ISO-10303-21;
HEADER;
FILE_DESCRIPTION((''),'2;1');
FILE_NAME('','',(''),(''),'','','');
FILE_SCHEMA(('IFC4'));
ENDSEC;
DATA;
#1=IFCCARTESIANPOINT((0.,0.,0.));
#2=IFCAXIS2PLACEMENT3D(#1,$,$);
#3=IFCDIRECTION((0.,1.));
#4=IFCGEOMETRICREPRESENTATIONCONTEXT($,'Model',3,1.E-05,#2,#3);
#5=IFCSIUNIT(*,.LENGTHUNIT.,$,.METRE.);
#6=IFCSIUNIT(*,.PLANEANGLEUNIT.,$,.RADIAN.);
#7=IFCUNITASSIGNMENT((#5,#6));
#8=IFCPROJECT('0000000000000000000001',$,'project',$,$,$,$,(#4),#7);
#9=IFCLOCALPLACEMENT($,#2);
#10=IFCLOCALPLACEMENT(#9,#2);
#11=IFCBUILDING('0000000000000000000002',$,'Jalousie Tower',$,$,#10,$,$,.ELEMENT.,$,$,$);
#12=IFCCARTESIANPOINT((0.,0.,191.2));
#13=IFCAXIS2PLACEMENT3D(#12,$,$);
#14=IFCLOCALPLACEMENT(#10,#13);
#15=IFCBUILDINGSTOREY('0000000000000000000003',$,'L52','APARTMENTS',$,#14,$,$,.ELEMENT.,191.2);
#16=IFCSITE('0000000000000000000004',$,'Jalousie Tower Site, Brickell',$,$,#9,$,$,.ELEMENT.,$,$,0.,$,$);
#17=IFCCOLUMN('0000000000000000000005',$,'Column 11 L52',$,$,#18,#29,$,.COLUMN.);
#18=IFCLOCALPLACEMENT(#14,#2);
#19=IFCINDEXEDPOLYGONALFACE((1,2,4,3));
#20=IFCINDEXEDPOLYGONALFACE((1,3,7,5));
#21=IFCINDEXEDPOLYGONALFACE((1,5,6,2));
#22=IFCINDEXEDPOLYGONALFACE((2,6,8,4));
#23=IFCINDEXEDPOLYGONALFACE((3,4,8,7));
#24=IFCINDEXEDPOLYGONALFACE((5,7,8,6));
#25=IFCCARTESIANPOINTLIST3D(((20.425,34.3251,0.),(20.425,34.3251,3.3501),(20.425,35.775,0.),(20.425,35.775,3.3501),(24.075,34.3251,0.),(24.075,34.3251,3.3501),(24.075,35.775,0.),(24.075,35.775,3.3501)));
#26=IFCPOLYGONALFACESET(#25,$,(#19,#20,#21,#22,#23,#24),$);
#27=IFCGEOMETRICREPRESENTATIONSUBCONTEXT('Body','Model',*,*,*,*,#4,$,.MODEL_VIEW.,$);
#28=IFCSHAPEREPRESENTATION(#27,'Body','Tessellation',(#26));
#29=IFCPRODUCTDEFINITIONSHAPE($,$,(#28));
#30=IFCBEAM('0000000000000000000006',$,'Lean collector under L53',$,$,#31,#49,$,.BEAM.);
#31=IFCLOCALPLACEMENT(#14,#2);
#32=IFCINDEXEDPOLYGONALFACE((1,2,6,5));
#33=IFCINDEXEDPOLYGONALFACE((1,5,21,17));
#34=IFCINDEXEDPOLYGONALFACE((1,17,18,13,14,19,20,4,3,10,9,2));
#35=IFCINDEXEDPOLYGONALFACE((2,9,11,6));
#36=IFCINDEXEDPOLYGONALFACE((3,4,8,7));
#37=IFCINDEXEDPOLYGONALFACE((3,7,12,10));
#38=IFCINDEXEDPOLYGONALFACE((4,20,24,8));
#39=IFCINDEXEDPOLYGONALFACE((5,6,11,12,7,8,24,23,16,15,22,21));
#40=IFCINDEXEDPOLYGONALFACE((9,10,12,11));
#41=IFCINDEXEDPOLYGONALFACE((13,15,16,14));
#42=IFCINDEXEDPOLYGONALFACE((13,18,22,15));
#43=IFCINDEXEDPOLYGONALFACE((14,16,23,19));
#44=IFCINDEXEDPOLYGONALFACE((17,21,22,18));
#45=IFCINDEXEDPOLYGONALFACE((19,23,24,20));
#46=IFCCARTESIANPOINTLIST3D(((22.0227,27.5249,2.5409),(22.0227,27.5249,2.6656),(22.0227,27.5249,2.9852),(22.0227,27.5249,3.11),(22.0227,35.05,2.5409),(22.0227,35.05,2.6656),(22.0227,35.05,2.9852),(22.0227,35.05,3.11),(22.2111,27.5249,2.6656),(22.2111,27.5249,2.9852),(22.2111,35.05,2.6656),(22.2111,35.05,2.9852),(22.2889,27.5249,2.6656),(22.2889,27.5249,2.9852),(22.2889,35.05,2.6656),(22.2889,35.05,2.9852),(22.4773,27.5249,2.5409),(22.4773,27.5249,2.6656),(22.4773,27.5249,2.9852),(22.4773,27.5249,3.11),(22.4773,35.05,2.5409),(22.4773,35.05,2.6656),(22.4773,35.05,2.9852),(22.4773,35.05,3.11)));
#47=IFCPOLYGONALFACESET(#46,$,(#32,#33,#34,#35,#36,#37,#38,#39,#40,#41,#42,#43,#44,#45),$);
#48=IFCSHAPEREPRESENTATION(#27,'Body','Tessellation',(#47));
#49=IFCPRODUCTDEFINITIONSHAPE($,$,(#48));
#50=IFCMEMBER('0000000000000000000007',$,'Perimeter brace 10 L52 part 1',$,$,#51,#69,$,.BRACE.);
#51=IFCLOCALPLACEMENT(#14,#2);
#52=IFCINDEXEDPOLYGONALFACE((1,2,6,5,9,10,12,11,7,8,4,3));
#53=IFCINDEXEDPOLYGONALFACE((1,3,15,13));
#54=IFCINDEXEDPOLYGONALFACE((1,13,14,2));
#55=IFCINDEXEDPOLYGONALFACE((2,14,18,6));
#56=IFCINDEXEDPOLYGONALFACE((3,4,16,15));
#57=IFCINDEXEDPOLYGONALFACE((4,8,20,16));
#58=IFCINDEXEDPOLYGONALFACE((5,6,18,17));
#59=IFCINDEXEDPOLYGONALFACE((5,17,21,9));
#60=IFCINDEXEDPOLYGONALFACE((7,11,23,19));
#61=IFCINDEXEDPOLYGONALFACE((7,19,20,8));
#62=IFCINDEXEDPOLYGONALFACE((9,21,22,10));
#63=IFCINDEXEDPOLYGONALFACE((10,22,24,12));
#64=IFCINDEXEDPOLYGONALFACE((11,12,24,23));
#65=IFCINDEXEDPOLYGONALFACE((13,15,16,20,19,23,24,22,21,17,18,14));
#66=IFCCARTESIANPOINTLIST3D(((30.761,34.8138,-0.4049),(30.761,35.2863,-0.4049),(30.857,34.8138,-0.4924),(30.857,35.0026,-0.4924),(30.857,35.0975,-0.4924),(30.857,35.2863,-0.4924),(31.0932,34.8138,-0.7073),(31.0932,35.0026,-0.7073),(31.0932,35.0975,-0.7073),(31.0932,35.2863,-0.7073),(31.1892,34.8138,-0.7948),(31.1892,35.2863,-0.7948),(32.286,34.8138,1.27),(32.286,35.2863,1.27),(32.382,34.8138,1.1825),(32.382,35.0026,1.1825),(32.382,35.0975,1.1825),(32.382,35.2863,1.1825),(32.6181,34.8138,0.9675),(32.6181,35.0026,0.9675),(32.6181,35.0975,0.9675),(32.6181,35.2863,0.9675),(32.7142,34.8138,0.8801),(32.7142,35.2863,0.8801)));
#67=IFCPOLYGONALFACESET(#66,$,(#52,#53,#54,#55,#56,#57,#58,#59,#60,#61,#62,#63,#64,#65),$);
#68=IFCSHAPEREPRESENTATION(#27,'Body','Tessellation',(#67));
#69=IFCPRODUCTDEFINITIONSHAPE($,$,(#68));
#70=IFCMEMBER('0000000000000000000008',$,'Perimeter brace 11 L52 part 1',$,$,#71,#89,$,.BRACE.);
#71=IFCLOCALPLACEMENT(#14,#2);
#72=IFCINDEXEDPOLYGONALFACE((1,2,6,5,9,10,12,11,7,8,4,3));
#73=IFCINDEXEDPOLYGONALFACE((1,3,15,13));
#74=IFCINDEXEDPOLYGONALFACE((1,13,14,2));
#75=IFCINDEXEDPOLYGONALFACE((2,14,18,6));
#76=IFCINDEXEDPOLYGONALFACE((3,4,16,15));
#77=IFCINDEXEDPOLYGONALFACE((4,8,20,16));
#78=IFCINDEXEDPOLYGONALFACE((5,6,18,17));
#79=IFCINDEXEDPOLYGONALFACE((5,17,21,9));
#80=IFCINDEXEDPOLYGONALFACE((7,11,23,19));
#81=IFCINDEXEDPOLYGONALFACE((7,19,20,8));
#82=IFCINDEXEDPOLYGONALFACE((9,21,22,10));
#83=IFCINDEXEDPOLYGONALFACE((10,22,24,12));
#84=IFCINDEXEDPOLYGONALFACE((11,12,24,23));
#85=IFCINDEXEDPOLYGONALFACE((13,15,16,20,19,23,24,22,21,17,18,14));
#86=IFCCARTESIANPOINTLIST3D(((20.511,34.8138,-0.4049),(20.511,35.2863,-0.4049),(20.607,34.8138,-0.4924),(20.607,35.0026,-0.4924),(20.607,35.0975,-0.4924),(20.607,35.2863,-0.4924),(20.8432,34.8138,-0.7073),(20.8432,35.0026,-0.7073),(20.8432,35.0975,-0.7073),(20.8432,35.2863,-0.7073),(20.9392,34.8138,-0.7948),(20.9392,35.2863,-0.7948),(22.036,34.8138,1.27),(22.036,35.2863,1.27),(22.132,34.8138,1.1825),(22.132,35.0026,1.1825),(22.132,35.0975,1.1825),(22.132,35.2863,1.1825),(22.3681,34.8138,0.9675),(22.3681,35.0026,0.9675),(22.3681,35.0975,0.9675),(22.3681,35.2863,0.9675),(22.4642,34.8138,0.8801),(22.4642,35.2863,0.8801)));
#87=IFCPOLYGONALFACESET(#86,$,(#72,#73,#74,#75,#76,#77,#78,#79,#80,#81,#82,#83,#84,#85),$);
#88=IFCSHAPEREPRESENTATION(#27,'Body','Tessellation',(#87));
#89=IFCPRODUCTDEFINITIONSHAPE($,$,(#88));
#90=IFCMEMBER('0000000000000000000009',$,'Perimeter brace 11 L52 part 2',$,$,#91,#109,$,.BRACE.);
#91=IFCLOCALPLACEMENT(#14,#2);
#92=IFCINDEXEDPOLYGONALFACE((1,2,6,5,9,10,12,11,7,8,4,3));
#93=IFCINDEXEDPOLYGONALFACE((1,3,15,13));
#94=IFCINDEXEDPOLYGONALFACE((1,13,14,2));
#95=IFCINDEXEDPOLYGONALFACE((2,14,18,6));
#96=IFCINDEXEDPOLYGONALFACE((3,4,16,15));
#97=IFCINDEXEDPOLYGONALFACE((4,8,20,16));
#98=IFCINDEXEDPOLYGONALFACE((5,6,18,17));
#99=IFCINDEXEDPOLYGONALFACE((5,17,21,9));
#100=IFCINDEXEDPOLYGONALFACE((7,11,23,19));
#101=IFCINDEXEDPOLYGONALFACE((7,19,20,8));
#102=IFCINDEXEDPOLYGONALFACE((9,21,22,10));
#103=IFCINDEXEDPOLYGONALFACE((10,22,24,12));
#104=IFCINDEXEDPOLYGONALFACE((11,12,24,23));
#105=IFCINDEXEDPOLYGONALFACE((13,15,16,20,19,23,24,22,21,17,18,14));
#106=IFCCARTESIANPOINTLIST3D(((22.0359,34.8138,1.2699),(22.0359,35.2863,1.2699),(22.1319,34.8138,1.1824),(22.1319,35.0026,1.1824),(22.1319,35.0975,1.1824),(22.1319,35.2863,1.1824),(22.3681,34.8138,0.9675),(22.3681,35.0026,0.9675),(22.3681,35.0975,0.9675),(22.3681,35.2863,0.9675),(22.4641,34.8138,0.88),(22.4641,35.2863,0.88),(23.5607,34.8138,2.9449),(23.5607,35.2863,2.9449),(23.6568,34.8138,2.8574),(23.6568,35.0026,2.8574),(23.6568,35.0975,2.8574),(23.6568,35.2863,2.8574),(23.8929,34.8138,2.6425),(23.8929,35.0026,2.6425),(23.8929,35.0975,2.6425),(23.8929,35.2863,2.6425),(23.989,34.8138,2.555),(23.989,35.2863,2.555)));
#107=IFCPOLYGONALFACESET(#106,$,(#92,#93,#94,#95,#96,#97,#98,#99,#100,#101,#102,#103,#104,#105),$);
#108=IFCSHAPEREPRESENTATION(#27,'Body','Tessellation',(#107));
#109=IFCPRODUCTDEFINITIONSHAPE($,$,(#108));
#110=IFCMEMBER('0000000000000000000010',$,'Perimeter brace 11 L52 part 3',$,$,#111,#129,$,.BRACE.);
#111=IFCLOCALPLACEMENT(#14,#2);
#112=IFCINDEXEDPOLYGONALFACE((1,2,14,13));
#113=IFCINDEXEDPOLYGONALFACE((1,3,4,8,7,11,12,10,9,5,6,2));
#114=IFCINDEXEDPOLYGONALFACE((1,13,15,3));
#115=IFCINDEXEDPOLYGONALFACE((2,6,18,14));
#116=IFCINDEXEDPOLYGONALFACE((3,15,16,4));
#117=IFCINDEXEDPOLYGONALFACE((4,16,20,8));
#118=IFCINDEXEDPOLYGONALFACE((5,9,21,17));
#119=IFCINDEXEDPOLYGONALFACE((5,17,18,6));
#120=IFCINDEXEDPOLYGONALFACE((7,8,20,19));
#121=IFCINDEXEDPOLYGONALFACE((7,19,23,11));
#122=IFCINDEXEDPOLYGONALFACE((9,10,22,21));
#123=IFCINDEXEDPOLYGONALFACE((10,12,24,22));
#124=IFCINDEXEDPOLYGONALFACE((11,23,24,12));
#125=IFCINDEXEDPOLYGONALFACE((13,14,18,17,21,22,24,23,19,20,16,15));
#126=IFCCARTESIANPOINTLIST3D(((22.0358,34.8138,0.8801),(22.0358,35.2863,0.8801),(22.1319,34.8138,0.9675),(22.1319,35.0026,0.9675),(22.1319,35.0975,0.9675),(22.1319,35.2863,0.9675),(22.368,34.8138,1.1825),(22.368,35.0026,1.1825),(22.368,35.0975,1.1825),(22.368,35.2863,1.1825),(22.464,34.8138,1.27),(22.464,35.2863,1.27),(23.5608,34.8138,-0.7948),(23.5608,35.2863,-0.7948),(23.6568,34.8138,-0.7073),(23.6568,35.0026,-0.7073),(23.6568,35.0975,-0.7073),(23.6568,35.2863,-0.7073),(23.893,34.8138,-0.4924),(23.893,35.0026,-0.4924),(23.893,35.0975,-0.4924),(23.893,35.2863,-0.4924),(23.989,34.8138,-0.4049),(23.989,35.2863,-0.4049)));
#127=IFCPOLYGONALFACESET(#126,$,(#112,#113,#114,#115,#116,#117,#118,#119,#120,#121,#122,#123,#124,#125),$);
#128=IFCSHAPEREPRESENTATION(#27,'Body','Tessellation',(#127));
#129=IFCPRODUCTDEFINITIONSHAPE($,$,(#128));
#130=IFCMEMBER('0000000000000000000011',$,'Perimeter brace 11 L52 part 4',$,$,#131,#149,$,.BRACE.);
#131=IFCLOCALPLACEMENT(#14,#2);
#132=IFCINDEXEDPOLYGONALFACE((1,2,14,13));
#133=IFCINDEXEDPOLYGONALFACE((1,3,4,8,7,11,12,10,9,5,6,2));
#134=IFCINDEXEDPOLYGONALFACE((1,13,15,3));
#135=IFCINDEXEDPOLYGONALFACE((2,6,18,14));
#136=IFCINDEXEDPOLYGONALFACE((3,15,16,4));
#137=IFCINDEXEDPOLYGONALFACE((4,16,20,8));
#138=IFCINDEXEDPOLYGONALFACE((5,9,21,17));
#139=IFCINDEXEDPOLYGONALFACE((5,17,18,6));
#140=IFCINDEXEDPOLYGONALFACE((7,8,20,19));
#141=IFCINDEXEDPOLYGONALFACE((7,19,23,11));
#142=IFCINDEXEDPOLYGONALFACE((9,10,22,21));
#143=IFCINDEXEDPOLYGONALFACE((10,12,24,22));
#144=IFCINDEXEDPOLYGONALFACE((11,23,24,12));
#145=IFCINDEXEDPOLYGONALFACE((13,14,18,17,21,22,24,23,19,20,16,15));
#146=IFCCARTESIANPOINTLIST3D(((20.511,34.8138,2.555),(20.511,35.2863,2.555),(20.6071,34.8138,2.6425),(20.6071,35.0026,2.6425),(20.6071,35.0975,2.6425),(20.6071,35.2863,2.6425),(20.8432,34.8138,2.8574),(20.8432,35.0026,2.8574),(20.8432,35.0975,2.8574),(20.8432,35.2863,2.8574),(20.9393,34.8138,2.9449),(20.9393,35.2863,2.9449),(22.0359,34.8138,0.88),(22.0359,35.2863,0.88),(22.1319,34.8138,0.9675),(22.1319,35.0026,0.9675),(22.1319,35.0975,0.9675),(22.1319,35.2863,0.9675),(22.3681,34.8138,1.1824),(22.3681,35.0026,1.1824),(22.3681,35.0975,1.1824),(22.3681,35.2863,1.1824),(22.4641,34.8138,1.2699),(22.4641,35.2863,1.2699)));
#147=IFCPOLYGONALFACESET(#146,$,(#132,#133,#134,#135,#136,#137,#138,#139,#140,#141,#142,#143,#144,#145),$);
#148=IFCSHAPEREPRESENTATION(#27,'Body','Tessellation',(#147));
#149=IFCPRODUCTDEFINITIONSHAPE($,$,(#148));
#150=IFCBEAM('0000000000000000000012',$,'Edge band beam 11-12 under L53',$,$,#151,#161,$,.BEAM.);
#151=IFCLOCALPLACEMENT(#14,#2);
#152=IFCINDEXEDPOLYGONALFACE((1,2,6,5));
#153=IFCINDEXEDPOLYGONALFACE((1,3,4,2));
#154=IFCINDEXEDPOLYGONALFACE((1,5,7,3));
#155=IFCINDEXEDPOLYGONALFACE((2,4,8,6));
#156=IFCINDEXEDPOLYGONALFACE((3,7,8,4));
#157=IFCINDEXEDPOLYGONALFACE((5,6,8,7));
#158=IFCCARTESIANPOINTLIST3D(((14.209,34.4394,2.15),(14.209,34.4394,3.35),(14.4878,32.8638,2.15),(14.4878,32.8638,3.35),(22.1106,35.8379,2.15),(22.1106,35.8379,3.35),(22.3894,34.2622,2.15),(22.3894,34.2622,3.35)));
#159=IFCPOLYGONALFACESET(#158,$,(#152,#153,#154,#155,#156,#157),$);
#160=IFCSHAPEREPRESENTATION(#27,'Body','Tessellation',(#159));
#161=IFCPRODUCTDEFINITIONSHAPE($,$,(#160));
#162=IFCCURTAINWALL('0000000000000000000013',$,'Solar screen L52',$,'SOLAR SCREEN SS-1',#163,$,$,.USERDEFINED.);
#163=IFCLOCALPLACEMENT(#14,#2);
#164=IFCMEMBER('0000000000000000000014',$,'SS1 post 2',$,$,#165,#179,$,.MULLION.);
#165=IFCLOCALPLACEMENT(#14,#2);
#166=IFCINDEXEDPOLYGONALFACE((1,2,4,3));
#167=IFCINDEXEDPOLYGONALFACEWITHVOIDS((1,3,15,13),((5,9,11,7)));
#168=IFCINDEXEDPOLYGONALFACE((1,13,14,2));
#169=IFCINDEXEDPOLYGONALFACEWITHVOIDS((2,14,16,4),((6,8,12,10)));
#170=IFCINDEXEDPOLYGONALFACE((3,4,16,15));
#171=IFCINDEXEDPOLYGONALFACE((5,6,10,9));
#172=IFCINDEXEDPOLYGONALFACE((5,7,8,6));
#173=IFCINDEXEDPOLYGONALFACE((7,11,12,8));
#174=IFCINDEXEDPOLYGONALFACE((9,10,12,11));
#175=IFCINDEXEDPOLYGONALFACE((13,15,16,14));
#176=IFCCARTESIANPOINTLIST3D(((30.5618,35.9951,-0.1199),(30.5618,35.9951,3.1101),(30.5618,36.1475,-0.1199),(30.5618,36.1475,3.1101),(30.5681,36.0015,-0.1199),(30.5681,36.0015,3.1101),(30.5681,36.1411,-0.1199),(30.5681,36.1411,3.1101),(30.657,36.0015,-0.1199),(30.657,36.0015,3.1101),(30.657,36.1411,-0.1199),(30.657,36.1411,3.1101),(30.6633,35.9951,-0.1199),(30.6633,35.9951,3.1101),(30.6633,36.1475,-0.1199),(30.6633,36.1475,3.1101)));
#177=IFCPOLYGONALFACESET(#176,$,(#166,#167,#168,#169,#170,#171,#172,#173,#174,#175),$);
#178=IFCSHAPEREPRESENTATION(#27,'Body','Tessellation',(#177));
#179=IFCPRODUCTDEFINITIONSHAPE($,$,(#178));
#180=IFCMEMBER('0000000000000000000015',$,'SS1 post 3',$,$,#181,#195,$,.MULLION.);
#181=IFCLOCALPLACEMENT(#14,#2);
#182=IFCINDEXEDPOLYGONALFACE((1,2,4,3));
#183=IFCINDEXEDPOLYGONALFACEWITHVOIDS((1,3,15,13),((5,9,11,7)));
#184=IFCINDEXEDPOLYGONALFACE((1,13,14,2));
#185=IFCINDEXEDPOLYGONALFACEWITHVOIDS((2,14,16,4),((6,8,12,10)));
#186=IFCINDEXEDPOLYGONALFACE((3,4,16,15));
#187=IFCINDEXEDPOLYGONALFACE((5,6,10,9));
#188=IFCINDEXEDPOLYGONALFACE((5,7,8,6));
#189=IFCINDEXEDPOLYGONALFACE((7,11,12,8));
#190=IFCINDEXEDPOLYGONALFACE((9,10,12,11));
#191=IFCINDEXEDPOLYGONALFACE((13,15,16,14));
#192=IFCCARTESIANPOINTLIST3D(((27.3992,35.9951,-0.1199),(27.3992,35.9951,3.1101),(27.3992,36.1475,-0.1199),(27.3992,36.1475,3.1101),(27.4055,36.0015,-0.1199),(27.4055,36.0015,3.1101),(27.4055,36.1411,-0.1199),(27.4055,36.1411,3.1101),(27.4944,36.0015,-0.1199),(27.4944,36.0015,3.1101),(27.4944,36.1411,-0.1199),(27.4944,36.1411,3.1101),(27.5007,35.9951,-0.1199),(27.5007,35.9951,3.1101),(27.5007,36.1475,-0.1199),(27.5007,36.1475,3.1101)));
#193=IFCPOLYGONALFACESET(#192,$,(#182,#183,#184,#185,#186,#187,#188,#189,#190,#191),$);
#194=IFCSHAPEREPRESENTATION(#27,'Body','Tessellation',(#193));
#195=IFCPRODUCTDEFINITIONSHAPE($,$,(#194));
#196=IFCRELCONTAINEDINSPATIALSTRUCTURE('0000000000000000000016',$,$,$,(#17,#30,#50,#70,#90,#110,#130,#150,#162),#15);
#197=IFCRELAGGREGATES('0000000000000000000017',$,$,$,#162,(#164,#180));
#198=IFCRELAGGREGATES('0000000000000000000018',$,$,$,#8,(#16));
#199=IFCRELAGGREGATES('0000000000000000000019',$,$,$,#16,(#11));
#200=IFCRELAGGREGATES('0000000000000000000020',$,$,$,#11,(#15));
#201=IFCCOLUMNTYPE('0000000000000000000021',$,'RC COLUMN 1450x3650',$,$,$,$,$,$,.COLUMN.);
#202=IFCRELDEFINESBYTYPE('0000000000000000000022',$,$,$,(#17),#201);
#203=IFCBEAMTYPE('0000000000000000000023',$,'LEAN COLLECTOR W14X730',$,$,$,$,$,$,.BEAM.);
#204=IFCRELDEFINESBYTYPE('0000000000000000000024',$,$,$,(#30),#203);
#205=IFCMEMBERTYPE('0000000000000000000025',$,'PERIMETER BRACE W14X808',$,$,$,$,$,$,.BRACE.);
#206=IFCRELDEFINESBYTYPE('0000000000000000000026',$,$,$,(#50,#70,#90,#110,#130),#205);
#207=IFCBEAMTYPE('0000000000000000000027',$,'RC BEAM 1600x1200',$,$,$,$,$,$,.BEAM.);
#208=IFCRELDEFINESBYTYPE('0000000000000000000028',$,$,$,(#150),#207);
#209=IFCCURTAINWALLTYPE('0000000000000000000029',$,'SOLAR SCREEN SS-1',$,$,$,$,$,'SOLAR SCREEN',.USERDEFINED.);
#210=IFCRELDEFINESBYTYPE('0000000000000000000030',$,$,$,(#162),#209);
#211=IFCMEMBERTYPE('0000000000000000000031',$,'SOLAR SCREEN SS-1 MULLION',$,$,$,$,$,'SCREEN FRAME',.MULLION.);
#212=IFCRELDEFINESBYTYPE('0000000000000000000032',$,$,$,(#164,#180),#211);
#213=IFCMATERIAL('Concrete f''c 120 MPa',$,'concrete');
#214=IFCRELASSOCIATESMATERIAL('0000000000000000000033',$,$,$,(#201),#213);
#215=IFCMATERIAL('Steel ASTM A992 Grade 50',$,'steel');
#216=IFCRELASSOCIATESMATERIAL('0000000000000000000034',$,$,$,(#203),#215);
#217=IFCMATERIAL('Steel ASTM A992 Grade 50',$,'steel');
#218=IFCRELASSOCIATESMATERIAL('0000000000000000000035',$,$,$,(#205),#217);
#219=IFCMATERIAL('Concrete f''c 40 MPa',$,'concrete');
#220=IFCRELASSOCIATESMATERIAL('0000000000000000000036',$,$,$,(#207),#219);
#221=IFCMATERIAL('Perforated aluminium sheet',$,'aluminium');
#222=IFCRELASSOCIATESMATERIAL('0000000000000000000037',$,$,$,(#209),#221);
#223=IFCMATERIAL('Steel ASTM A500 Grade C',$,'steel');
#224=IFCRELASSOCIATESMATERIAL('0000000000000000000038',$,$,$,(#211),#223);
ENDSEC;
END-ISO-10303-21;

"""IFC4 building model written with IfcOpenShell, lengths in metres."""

from ifc_helpers import new_model, si_unit, direction, frame, origin, origin_2d, place, context, subcontext, project, spatial, rectangle, hollow_rectangle, i_section, extrude, material, material_profile, profile_set, type_object, element, aggregate, save


model = new_model("IFC4")

# Units and contexts
model_context = context("Model", 3, precision=1e-05, world=origin(), true_north=direction((0.0, 1.0)))
body_context = subcontext(model_context, "Body", "Model", "MODEL_VIEW")
ifc_project = project(units=[si_unit("LENGTHUNIT", "METRE"), si_unit("PLANEANGLEUNIT", "RADIAN")], contexts=[model_context])

# Site, building, storey
site_placement = place(None, origin())
site = spatial("IfcSite", under=ifc_project, at=site_placement, Name="Jalousie Tower Site, Brickell", CompositionType="ELEMENT", RefElevation=0.0)
building_placement = place(site_placement, origin())
building = spatial("IfcBuilding", under=site, at=building_placement, Name="Jalousie Tower", CompositionType="ELEMENT")
storey_placement = place(building_placement, frame((0.0, 0.0, 191.2)))
storey = spatial("IfcBuildingStorey", under=building, at=storey_placement, Name="L52", Description="APARTMENTS", CompositionType="ELEMENT", Elevation=191.2)

# Column
ifc_material_1 = material(Name="Concrete f'c 120 MPa", Category="concrete")
ifc_material_profile_1 = material_profile(ifc_material_1, rectangle(XDim=1.45, YDim=3.6499, at=origin_2d()), Name="RC 1450x3650")
ifc_profile_set_1 = profile_set([ifc_material_profile_1], Name="Concrete f'c 120 MPa")
column_type = type_object("IfcColumnType", Name="RC COLUMN 1450x3650", PredefinedType="COLUMN", material=ifc_profile_set_1)
column_placement = place(storey_placement, frame((22.25, 35.05, 0.0), z_axis=(0.0, 0.0, 1.0), x_axis=(0.0, 1.0, 0.0)))
element("IfcColumn", 1, at=column_placement, inside=storey, type_object=column_type, Name="Column 11 L52", PredefinedType="COLUMN", context=body_context, shape_type="SweptSolid", body=[
    extrude(rectangle(XDim=1.45, YDim=3.6499, at=origin_2d()), origin(), (0.0, 0.0, 1.0), 3.3501),
])

# Beam
ifc_material_2 = material(Name="Steel ASTM A992 Grade 50", Category="steel")
ifc_material_profile_2 = material_profile(ifc_material_2, i_section(OverallWidth=0.4546, OverallDepth=0.5691, WebThickness=0.0779, FlangeThickness=0.1248, at=origin_2d()), Name="W14X730")
ifc_profile_set_2 = profile_set([ifc_material_profile_2], Name="Steel ASTM A992 Grade 50")
beam_type_1 = type_object("IfcBeamType", Name="LEAN COLLECTOR W14X730", PredefinedType="BEAM", material=ifc_profile_set_2)
beam_1_placement = place(storey_placement, frame((22.25, 35.05, 2.8254), z_axis=(0.0, -1.0, 0.0), x_axis=(1.0, 0.0, 0.0)))
element("IfcBeam", 2, at=beam_1_placement, inside=storey, type_object=beam_type_1, Name="Lean collector under L53", PredefinedType="BEAM", context=body_context, shape_type="SweptSolid", body=[
    extrude(i_section(OverallWidth=0.4546, OverallDepth=0.5691, WebThickness=0.0779, FlangeThickness=0.1248, at=origin_2d()), origin(), (0.0, 0.0, 1.0), 7.5251),
])

# Members
ifc_material_3 = material(Name="Steel ASTM A992 Grade 50", Category="steel")
ifc_material_profile_3 = material_profile(ifc_material_3, i_section(OverallWidth=0.4724, OverallDepth=0.5791, WebThickness=0.095, FlangeThickness=0.1299, at=origin_2d()), Name="W14X808")
ifc_profile_set_3 = profile_set([ifc_material_profile_3], Name="Steel ASTM A992 Grade 50")
member_type_1 = type_object("IfcMemberType", Name="PERIMETER BRACE W14X808", PredefinedType="BRACE", material=ifc_profile_set_3)
for number, where, z_axis, x_axis, name in (
    (3, (30.9751, 35.05, -0.5999), (0.673241, 0.0, 0.739423), (0.0, 1.0, 0.0), "Perimeter brace 10 L52 part 1"),
    (4, (20.7251, 35.05, -0.5999), (0.673241, 0.0, 0.739423), (0.0, 1.0, 0.0), "Perimeter brace 11 L52 part 1"),
    (5, (22.25, 35.05, 1.075), (0.673188, 0.0, 0.739472), (0.0, 1.0, 0.0), "Perimeter brace 11 L52 part 2"),
    (6, (23.7749, 35.05, -0.5999), (-0.673241, 0.0, 0.739423), (0.0, -1.0, 0.0), "Perimeter brace 11 L52 part 3"),
    (7, (22.25, 35.05, 1.075), (-0.673188, 0.0, 0.739472), (0.0, -1.0, 0.0), "Perimeter brace 11 L52 part 4"),
):
    element("IfcMember", number, at=place(storey_placement, frame(where, z_axis=z_axis, x_axis=x_axis)), inside=storey, type_object=member_type_1, Name=name, PredefinedType="BRACE", context=body_context, shape_type="SweptSolid", body=[
        extrude(i_section(OverallWidth=0.4724, OverallDepth=0.5791, WebThickness=0.095, FlangeThickness=0.1299, at=origin_2d()), origin(), (0.0, 0.0, 1.0), 2.2651),
    ])

# Beam
ifc_material_4 = material(Name="Concrete f'c 40 MPa", Category="concrete")
ifc_material_profile_4 = material_profile(ifc_material_4, rectangle(XDim=1.6001, YDim=1.2, at=origin_2d()), Name="RC 1600x1200")
ifc_profile_set_4 = profile_set([ifc_material_profile_4], Name="Concrete f'c 40 MPa")
beam_type_2 = type_object("IfcBeamType", Name="RC BEAM 1600x1200", PredefinedType="BEAM", material=ifc_profile_set_4)
beam_2_placement = place(storey_placement, frame((22.25, 35.05, 2.75), z_axis=(-0.984697, -0.174273, 0.0), x_axis=(0.174273, -0.984697, 0.0)))
element("IfcBeam", 8, at=beam_2_placement, inside=storey, type_object=beam_type_2, Name="Edge band beam 11-12 under L53", PredefinedType="BEAM", context=body_context, shape_type="SweptSolid", body=[
    extrude(rectangle(XDim=1.6001, YDim=1.2, at=origin_2d()), origin(), (0.0, 0.0, 1.0), 8.0244),
])

# Curtain wall, members
ifc_material_5 = material(Name="Perforated aluminium sheet", Category="aluminium")
curtain_wall_type = type_object("IfcCurtainWallType", Name="SOLAR SCREEN SS-1", ElementType="SOLAR SCREEN", PredefinedType="USERDEFINED", material=ifc_material_5)
curtain_wall_1_placement = place(storey_placement, origin())
curtain_wall_1 = element("IfcCurtainWall", 9, at=curtain_wall_1_placement, inside=storey, type_object=curtain_wall_type, Name="Solar screen L52", ObjectType="SOLAR SCREEN SS-1", PredefinedType="USERDEFINED")
ifc_material_6 = material(Name="Steel ASTM A500 Grade C", Category="steel")
ifc_material_profile_5 = material_profile(ifc_material_6, hollow_rectangle(XDim=0.1016, YDim=0.1523, WallThickness=0.0063, at=origin_2d()), Name="HSS6X4X1/4")
ifc_profile_set_5 = profile_set([ifc_material_profile_5], Name="Steel ASTM A500 Grade C")
member_type_2 = type_object("IfcMemberType", Name="SOLAR SCREEN SS-1 MULLION", ElementType="SCREEN FRAME", PredefinedType="MULLION", material=ifc_profile_set_5)
member_1_placement = place(storey_placement, frame((30.6125, 36.0713, -0.1199), z_axis=(0.0, 0.0, 1.0), x_axis=(-1.0, 0.0, 0.0)))
member_1 = element("IfcMember", 10, at=member_1_placement, type_object=member_type_2, Name="SS1 post 2", PredefinedType="MULLION", context=body_context, shape_type="SweptSolid", body=[
    extrude(hollow_rectangle(XDim=0.1016, YDim=0.1523, WallThickness=0.0063, at=origin_2d()), origin(), (0.0, 0.0, 1.0), 3.23),
])
member_2_placement = place(storey_placement, frame((27.45, 36.0713, -0.1199), z_axis=(0.0, 0.0, 1.0), x_axis=(-1.0, 0.0, 0.0)))
member_2 = element("IfcMember", 11, at=member_2_placement, type_object=member_type_2, Name="SS1 post 3", PredefinedType="MULLION", context=body_context, shape_type="SweptSolid", body=[
    extrude(hollow_rectangle(XDim=0.1016, YDim=0.1523, WallThickness=0.0063, at=origin_2d()), origin(), (0.0, 0.0, 1.0), 3.23),
])

aggregate(curtain_wall_1, [member_1, member_2])

save(model, "model.ifc")
